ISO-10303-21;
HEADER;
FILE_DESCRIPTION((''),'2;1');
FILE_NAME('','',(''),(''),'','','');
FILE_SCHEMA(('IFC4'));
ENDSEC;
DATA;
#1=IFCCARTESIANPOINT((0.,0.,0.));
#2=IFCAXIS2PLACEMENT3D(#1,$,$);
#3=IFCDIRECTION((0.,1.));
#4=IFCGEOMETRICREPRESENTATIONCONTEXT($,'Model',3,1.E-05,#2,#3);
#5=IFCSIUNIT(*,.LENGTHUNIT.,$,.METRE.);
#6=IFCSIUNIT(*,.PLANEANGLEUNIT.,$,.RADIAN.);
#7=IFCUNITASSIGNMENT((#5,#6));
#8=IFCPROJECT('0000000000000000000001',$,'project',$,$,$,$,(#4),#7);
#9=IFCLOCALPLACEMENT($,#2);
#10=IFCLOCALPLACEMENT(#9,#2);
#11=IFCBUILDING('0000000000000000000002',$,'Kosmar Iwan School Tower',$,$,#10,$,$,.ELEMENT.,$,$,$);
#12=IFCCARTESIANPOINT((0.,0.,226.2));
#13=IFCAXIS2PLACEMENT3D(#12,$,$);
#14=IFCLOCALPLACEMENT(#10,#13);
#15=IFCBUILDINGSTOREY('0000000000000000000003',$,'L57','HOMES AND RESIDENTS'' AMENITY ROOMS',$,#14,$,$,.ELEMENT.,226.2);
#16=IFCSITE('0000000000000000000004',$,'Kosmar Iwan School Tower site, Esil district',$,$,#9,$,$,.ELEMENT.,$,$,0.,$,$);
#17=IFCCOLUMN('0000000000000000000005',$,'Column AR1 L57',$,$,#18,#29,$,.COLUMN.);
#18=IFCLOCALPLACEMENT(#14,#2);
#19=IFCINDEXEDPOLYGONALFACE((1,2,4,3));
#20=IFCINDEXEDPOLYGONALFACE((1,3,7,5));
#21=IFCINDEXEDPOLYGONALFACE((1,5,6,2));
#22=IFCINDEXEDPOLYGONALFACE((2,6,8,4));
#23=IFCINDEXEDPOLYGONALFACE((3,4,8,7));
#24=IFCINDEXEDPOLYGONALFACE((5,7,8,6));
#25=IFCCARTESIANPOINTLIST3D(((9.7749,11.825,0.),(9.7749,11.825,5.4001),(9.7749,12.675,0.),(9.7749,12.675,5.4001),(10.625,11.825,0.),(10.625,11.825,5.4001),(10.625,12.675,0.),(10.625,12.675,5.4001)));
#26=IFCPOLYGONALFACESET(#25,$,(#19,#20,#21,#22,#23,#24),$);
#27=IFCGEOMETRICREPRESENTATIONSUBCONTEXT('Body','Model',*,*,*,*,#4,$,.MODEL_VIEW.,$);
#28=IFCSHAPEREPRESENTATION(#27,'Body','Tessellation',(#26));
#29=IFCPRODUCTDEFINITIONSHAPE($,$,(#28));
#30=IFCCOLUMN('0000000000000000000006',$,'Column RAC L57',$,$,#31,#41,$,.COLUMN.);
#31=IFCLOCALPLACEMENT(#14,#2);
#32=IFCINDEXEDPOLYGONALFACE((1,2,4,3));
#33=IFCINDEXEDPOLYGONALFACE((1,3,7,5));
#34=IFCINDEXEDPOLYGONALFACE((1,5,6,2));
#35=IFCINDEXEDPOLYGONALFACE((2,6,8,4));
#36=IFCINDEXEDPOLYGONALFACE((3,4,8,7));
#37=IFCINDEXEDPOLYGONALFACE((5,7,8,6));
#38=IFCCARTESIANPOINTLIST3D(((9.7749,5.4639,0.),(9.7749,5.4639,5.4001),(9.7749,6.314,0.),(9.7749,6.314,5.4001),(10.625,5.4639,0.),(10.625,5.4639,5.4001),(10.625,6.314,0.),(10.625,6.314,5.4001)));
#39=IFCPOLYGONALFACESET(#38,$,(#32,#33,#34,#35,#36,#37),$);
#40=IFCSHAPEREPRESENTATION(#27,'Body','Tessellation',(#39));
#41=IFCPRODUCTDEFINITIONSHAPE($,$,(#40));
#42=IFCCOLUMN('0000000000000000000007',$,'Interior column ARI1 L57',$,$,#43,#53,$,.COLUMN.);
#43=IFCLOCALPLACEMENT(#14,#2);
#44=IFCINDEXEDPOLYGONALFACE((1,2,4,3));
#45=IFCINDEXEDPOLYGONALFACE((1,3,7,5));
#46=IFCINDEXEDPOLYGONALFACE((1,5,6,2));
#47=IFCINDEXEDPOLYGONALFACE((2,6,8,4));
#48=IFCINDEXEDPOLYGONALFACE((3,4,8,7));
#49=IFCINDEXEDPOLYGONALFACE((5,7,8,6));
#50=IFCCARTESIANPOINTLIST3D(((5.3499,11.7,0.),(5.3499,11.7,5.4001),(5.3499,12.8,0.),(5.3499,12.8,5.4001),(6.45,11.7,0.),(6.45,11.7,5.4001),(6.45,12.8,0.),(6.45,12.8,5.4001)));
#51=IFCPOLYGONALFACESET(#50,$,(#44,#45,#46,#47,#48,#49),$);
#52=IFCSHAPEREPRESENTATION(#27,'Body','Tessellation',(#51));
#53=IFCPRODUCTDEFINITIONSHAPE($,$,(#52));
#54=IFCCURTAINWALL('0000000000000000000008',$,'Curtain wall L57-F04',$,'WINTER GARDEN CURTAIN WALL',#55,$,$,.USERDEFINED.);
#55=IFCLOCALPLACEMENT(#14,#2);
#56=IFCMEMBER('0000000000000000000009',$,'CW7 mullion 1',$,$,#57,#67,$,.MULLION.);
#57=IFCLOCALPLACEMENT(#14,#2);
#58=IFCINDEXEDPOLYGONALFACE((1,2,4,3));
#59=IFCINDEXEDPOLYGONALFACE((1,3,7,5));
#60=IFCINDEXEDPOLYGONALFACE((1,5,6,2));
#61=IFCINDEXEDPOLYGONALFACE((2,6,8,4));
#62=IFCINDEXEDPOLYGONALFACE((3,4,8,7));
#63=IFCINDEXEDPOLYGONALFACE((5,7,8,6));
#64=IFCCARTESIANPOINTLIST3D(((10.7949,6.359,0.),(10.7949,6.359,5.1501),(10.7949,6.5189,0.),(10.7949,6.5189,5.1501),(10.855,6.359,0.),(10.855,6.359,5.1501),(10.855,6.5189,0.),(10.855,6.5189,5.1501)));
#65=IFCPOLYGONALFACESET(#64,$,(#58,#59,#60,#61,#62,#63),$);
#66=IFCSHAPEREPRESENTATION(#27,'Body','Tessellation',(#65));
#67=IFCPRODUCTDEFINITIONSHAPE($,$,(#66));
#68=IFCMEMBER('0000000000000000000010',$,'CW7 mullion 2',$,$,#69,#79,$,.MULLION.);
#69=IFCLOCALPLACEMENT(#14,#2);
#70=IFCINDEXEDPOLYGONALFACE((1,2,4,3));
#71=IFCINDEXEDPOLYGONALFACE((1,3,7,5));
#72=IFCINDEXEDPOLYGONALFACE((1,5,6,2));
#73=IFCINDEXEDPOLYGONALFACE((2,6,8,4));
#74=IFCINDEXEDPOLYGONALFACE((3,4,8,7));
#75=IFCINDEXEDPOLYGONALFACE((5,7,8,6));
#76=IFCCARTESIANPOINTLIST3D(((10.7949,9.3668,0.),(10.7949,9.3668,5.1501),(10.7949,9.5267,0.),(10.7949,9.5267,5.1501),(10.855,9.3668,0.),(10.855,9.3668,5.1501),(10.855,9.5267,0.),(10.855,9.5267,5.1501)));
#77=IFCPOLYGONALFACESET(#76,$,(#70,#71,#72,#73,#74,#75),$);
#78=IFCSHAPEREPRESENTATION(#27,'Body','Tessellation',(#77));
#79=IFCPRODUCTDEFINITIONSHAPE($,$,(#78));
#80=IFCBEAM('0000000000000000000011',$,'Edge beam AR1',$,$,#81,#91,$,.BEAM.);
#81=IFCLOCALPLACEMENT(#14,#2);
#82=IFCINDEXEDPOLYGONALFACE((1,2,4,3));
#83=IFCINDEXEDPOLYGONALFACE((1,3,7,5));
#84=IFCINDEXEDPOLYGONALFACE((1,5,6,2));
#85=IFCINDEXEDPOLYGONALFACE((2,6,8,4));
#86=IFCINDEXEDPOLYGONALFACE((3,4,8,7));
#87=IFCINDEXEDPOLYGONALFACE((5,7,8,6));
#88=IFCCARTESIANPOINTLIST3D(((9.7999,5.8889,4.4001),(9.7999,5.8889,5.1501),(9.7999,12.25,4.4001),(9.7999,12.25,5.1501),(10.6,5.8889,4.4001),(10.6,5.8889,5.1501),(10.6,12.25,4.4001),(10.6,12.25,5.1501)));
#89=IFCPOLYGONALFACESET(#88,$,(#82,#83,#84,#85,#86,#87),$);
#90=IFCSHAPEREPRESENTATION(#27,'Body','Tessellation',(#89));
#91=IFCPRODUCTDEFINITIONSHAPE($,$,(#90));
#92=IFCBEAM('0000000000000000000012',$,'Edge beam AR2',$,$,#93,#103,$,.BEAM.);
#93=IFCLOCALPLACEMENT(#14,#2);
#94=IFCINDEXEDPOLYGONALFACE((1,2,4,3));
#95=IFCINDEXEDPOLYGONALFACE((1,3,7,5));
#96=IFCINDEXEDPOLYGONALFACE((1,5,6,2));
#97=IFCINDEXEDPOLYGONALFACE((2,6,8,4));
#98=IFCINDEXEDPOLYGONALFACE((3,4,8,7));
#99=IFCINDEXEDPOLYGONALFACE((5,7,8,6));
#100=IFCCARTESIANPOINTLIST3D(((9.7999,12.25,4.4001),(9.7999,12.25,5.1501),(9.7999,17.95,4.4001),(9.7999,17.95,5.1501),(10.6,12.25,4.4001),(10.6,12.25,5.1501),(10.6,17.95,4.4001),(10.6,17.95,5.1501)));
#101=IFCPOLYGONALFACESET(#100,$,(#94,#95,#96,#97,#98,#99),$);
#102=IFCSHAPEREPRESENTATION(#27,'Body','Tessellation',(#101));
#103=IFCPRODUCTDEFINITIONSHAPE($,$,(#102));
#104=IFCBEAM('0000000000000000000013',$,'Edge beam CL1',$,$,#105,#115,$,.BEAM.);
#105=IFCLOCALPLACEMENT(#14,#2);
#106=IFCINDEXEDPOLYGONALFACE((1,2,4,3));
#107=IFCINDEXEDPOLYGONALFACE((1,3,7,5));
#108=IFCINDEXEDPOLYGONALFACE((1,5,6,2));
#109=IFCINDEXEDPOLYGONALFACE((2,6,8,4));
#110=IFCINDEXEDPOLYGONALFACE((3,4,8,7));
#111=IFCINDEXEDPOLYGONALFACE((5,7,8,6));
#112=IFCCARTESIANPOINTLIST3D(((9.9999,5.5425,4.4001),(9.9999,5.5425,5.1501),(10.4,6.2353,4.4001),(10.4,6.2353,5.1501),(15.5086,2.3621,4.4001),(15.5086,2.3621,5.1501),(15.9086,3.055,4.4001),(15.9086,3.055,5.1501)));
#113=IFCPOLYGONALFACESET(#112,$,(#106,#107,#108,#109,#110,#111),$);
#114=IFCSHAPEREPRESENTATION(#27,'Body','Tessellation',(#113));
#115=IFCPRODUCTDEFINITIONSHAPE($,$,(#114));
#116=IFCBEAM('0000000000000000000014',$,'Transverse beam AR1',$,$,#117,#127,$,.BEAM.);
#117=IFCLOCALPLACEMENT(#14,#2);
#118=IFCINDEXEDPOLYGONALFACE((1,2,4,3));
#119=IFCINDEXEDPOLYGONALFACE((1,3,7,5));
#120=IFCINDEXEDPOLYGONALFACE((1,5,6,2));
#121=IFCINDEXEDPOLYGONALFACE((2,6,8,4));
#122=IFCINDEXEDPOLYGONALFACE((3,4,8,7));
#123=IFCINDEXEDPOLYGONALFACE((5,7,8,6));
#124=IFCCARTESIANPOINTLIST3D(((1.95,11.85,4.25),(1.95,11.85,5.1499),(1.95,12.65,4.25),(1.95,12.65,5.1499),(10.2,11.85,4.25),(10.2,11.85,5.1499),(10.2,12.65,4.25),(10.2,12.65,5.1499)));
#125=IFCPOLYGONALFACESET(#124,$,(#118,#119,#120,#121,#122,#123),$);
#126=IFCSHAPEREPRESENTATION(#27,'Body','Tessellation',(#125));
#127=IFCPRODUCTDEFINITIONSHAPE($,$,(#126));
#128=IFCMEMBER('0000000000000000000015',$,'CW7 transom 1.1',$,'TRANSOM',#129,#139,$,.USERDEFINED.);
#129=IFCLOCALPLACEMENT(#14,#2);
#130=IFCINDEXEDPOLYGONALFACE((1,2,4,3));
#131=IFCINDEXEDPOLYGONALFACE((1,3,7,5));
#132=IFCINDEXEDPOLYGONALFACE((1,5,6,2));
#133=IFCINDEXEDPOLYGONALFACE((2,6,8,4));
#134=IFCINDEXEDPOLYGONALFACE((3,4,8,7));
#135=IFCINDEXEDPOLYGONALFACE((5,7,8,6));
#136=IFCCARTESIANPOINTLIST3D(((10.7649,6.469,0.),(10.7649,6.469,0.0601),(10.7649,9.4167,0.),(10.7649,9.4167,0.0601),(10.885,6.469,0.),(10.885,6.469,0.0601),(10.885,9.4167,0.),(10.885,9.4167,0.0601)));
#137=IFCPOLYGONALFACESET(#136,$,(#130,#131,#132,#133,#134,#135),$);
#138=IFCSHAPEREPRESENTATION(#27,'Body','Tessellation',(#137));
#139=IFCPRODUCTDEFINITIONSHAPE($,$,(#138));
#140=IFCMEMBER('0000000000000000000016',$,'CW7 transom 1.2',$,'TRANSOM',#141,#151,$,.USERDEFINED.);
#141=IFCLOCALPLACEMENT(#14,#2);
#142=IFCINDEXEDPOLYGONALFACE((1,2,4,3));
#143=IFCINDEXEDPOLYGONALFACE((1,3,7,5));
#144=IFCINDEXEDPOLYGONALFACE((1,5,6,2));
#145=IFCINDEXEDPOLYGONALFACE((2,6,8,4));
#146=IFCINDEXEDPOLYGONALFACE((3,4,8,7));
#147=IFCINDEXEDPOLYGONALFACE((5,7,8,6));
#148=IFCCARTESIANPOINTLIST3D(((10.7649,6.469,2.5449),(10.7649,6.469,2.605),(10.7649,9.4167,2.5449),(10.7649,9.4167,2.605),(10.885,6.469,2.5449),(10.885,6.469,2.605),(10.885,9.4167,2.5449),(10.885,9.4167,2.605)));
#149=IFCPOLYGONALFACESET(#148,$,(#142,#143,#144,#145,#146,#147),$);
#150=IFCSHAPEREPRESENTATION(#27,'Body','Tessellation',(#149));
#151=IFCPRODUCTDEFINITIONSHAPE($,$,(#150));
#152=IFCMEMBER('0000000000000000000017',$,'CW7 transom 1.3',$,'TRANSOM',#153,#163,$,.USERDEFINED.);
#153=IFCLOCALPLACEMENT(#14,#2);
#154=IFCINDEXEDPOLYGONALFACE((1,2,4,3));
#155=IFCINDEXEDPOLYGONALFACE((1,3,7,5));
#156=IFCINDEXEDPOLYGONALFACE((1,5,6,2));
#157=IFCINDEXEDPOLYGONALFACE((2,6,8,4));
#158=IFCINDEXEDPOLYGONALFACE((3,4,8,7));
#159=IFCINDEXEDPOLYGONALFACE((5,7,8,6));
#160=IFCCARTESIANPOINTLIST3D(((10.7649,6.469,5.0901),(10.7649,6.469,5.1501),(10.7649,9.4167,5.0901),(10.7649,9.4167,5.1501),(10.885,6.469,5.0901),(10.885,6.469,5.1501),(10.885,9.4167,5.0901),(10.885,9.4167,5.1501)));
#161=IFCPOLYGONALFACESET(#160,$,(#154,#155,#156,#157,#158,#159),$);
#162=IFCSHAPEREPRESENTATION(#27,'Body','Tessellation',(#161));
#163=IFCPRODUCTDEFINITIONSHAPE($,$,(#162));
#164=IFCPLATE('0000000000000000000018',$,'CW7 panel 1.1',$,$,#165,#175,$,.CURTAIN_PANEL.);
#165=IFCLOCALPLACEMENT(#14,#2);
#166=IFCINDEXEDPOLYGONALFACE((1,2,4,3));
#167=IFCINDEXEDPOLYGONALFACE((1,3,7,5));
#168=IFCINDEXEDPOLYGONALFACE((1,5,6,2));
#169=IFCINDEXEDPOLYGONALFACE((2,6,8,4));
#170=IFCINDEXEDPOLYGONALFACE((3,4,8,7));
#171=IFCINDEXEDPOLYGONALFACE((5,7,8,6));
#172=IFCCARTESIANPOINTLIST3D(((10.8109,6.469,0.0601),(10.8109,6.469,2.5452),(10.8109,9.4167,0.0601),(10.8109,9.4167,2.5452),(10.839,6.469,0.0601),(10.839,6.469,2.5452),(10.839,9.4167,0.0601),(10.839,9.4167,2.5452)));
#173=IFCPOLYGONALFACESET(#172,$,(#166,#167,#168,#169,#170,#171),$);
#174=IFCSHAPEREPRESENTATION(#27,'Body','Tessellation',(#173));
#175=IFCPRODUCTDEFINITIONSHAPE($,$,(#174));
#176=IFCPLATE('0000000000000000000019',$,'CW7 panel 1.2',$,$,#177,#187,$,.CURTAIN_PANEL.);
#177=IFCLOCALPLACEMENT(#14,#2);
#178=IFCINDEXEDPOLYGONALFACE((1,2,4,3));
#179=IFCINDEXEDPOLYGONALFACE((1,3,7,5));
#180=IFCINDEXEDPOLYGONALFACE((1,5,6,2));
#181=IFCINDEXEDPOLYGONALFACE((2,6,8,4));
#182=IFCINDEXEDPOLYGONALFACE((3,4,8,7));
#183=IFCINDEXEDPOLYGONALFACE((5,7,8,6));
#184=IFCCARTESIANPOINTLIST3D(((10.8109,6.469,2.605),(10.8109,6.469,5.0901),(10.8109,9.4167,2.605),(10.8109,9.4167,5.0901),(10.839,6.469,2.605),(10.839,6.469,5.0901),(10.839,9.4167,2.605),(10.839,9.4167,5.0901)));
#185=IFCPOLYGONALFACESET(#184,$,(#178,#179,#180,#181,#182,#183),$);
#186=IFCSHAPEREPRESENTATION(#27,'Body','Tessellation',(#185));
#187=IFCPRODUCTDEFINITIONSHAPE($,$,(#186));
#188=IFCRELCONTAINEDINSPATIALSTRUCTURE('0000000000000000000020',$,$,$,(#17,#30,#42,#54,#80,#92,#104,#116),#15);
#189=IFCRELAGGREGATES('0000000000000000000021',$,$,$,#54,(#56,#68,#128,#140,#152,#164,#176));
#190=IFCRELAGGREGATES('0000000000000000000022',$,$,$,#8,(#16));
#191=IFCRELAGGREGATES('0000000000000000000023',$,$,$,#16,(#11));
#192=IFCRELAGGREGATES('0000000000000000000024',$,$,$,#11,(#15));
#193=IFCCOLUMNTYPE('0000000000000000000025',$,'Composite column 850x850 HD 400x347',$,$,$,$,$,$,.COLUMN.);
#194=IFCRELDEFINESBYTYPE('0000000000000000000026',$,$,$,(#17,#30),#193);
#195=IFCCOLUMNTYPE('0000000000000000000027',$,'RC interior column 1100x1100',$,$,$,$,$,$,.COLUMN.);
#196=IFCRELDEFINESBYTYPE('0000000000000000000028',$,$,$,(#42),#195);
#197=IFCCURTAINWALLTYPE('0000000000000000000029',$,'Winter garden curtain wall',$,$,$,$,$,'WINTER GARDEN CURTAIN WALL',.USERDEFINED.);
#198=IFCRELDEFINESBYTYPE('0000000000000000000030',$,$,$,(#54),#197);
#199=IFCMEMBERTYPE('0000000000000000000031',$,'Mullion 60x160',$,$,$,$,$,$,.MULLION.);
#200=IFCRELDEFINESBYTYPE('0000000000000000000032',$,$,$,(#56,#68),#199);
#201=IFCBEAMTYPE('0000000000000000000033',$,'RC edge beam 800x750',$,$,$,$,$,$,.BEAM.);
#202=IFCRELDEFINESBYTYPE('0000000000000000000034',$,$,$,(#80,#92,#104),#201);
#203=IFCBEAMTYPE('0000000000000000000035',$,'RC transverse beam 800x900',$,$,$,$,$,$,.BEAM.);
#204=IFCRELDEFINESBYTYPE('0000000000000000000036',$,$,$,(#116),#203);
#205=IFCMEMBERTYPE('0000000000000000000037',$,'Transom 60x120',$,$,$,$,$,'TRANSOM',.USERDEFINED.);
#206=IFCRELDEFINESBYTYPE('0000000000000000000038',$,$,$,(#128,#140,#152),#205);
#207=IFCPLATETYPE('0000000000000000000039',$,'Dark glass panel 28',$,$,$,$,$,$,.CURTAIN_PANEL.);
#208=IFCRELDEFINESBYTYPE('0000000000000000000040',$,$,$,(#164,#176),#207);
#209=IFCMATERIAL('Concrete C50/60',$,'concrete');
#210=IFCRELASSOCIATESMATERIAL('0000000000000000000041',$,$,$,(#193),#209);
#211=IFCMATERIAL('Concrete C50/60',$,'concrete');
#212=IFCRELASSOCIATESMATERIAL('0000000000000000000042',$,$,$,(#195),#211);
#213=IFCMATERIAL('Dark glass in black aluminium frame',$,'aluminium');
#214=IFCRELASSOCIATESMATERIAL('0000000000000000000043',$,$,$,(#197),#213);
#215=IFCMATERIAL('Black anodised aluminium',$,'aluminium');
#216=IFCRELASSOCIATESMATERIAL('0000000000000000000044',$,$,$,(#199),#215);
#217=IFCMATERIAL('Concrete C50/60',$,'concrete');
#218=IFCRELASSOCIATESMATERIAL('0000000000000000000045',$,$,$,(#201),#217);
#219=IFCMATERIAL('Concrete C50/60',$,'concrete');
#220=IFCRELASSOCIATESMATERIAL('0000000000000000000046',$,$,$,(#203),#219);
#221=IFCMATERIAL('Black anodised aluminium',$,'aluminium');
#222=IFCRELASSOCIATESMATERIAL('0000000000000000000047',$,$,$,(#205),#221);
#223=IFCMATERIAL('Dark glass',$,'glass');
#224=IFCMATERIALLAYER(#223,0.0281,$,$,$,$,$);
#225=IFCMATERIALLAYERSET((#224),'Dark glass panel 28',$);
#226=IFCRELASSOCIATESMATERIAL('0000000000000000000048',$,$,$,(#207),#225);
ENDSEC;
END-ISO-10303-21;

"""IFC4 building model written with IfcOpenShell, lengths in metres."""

from ifc_helpers import new_model, si_unit, direction, frame, origin, origin_2d, place, context, subcontext, project, spatial, rectangle, extrude, material, layer, layer_set, material_profile, profile_set, type_object, element, aggregate, save


model = new_model("IFC4")

# Units and contexts
model_context = context("Model", 3, precision=1e-05, world=origin(), true_north=direction((0.0, 1.0)))
body_context = subcontext(model_context, "Body", "Model", "MODEL_VIEW")
ifc_project = project(units=[si_unit("LENGTHUNIT", "METRE"), si_unit("PLANEANGLEUNIT", "RADIAN")], contexts=[model_context])

# Site, building, storey
site_placement = place(None, origin())
site = spatial("IfcSite", under=ifc_project, at=site_placement, Name="Kosmar Iwan School Tower site, Esil district", CompositionType="ELEMENT", RefElevation=0.0)
building_placement = place(site_placement, origin())
building = spatial("IfcBuilding", under=site, at=building_placement, Name="Kosmar Iwan School Tower", CompositionType="ELEMENT")
storey_placement = place(building_placement, frame((0.0, 0.0, 226.2)))
storey = spatial("IfcBuildingStorey", under=building, at=storey_placement, Name="L57", Description="HOMES AND RESIDENTS' AMENITY ROOMS", CompositionType="ELEMENT", Elevation=226.2)

# Columns
ifc_material_1 = material(Name="Concrete C50/60", Category="concrete")
ifc_material_profile_1 = material_profile(ifc_material_1, rectangle(XDim=0.8501, YDim=0.8501, at=origin_2d()), Name="RC 850x850 + HD 400x347")
ifc_profile_set_1 = profile_set([ifc_material_profile_1], Name="Concrete C50/60")
column_type_1 = type_object("IfcColumnType", Name="Composite column 850x850 HD 400x347", PredefinedType="COLUMN", material=ifc_profile_set_1)
for number, where, z_axis, x_axis, name in (
    (1, (10.2, 12.25, 0.0), (0.0, 0.0, 1.0), (0.0, 1.0, 0.0), "Column AR1 L57"),
    (2, (10.2, 5.8889, 0.0), (0.0, 0.0, 1.0), (1.0, 0.0, 0.0), "Column RAC L57"),
):
    element("IfcColumn", number, at=place(storey_placement, frame(where, z_axis=z_axis, x_axis=x_axis)), inside=storey, type_object=column_type_1, Name=name, PredefinedType="COLUMN", context=body_context, shape_type="SweptSolid", body=[
        extrude(rectangle(XDim=0.8501, YDim=0.8501, at=origin_2d()), origin(), (0.0, 0.0, 1.0), 5.4001),
    ])
ifc_material_2 = material(Name="Concrete C50/60", Category="concrete")
ifc_material_profile_2 = material_profile(ifc_material_2, rectangle(XDim=1.1001, YDim=1.1001, at=origin_2d()), Name="RC 1100x1100")
ifc_profile_set_2 = profile_set([ifc_material_profile_2], Name="Concrete C50/60")
column_type_2 = type_object("IfcColumnType", Name="RC interior column 1100x1100", PredefinedType="COLUMN", material=ifc_profile_set_2)
column_placement = place(storey_placement, frame((5.8999, 12.25, 0.0), z_axis=(0.0, 0.0, 1.0), x_axis=(0.0, 1.0, 0.0)))
element("IfcColumn", 3, at=column_placement, inside=storey, type_object=column_type_2, Name="Interior column ARI1 L57", PredefinedType="COLUMN", context=body_context, shape_type="SweptSolid", body=[
    extrude(rectangle(XDim=1.1001, YDim=1.1001, at=origin_2d()), origin(), (0.0, 0.0, 1.0), 5.4001),
])

# Curtain wall, members
ifc_material_3 = material(Name="Dark glass in black aluminium frame", Category="aluminium")
curtain_wall_type = type_object("IfcCurtainWallType", Name="Winter garden curtain wall", ElementType="WINTER GARDEN CURTAIN WALL", PredefinedType="USERDEFINED", material=ifc_material_3)
curtain_wall_placement = place(storey_placement, origin())
curtain_wall = element("IfcCurtainWall", 4, at=curtain_wall_placement, inside=storey, type_object=curtain_wall_type, Name="Curtain wall L57-F04", ObjectType="WINTER GARDEN CURTAIN WALL", PredefinedType="USERDEFINED")
ifc_material_4 = material(Name="Black anodised aluminium", Category="aluminium")
ifc_material_profile_3 = material_profile(ifc_material_4, rectangle(XDim=0.0601, YDim=0.1599, at=origin_2d()), Name="MULLION 60x160")
ifc_profile_set_3 = profile_set([ifc_material_profile_3], Name="Black anodised aluminium")
member_type_1 = type_object("IfcMemberType", Name="Mullion 60x160", PredefinedType="MULLION", material=ifc_profile_set_3)
member_1_placement = place(storey_placement, frame((10.825, 6.439, 0.0), z_axis=(0.0, 0.0, 1.0), x_axis=(-1.0, 0.0, 0.0)))
member_1 = element("IfcMember", 5, at=member_1_placement, type_object=member_type_1, Name="CW7 mullion 1", PredefinedType="MULLION", context=body_context, shape_type="SweptSolid", body=[
    extrude(rectangle(XDim=0.0601, YDim=0.1599, at=origin_2d()), origin(), (0.0, 0.0, 1.0), 5.1501),
])
member_2_placement = place(storey_placement, frame((10.825, 9.4468, 0.0), z_axis=(0.0, 0.0, 1.0), x_axis=(-1.0, 0.0, 0.0)))
member_2 = element("IfcMember", 6, at=member_2_placement, type_object=member_type_1, Name="CW7 mullion 2", PredefinedType="MULLION", context=body_context, shape_type="SweptSolid", body=[
    extrude(rectangle(XDim=0.0601, YDim=0.1599, at=origin_2d()), origin(), (0.0, 0.0, 1.0), 5.1501),
])

# Beams
ifc_material_5 = material(Name="Concrete C50/60", Category="concrete")
ifc_material_profile_4 = material_profile(ifc_material_5, rectangle(XDim=0.8, YDim=0.75, at=origin_2d()), Name="RC 800x750")
ifc_profile_set_4 = profile_set([ifc_material_profile_4], Name="Concrete C50/60")
beam_type_1 = type_object("IfcBeamType", Name="RC edge beam 800x750", PredefinedType="BEAM", material=ifc_profile_set_4)
beam_1_placement = place(storey_placement, frame((10.2, 5.8889, 4.7751), z_axis=(0.0, 1.0, 0.0), x_axis=(-1.0, 0.0, 0.0)))
element("IfcBeam", 7, at=beam_1_placement, inside=storey, type_object=beam_type_1, Name="Edge beam AR1", PredefinedType="BEAM", context=body_context, shape_type="SweptSolid", body=[
    extrude(rectangle(XDim=0.8, YDim=0.75, at=origin_2d()), origin(), (0.0, 0.0, 1.0), 6.3611),
])
beam_2_placement = place(storey_placement, frame((10.2, 12.25, 4.7751), z_axis=(0.0, 1.0, 0.0), x_axis=(-1.0, 0.0, 0.0)))
element("IfcBeam", 8, at=beam_2_placement, inside=storey, type_object=beam_type_1, Name="Edge beam AR2", PredefinedType="BEAM", context=body_context, shape_type="SweptSolid", body=[
    extrude(rectangle(XDim=0.8, YDim=0.75, at=origin_2d()), origin(), (0.0, 0.0, 1.0), 5.7),
])
beam_3_placement = place(storey_placement, frame((10.2, 5.8889, 4.7751), z_axis=(0.866031, -0.49999, 0.0), x_axis=(0.49999, 0.866031, 0.0)))
element("IfcBeam", 9, at=beam_3_placement, inside=storey, type_object=beam_type_1, Name="Edge beam CL1", PredefinedType="BEAM", context=body_context, shape_type="SweptSolid", body=[
    extrude(rectangle(XDim=0.8, YDim=0.75, at=origin_2d()), origin(), (0.0, 0.0, 1.0), 6.3608),
])
ifc_material_6 = material(Name="Concrete C50/60", Category="concrete")
ifc_material_profile_5 = material_profile(ifc_material_6, rectangle(XDim=0.8, YDim=0.8999, at=origin_2d()), Name="RC 800x900")
ifc_profile_set_5 = profile_set([ifc_material_profile_5], Name="Concrete C50/60")
beam_type_2 = type_object("IfcBeamType", Name="RC transverse beam 800x900", PredefinedType="BEAM", material=ifc_profile_set_5)
beam_4_placement = place(storey_placement, frame((10.2, 12.25, 4.7), z_axis=(-1.0, 0.0, 0.0), x_axis=(0.0, -1.0, 0.0)))
element("IfcBeam", 10, at=beam_4_placement, inside=storey, type_object=beam_type_2, Name="Transverse beam AR1", PredefinedType="BEAM", context=body_context, shape_type="SweptSolid", body=[
    extrude(rectangle(XDim=0.8, YDim=0.8999, at=origin_2d()), origin(), (0.0, 0.0, 1.0), 8.25),
])

# Members
ifc_material_7 = material(Name="Black anodised aluminium", Category="aluminium")
ifc_material_profile_6 = material_profile(ifc_material_7, rectangle(XDim=0.1201, YDim=0.0601, at=origin_2d()), Name="TRANSOM 60x120")
ifc_profile_set_6 = profile_set([ifc_material_profile_6], Name="Black anodised aluminium")
member_type_2 = type_object("IfcMemberType", Name="Transom 60x120", ElementType="TRANSOM", PredefinedType="USERDEFINED", material=ifc_profile_set_6)
member_3_placement = place(storey_placement, frame((10.825, 6.469, 0.03), z_axis=(0.0, 1.0, 0.0), x_axis=(-1.0, 0.0, 0.0)))
member_3 = element("IfcMember", 11, at=member_3_placement, type_object=member_type_2, Name="CW7 transom 1.1", ObjectType="TRANSOM", PredefinedType="USERDEFINED", context=body_context, shape_type="SweptSolid", body=[
    extrude(rectangle(XDim=0.1201, YDim=0.0601, at=origin_2d()), origin(), (0.0, 0.0, 1.0), 2.9478),
])
member_4_placement = place(storey_placement, frame((10.825, 6.469, 2.575), z_axis=(0.0, 1.0, 0.0), x_axis=(-1.0, 0.0, 0.0)))
member_4 = element("IfcMember", 12, at=member_4_placement, type_object=member_type_2, Name="CW7 transom 1.2", ObjectType="TRANSOM", PredefinedType="USERDEFINED", context=body_context, shape_type="SweptSolid", body=[
    extrude(rectangle(XDim=0.1201, YDim=0.0601, at=origin_2d()), origin(), (0.0, 0.0, 1.0), 2.9478),
])
member_5_placement = place(storey_placement, frame((10.825, 6.469, 5.1201), z_axis=(0.0, 1.0, 0.0), x_axis=(-1.0, 0.0, 0.0)))
member_5 = element("IfcMember", 13, at=member_5_placement, type_object=member_type_2, Name="CW7 transom 1.3", ObjectType="TRANSOM", PredefinedType="USERDEFINED", context=body_context, shape_type="SweptSolid", body=[
    extrude(rectangle(XDim=0.1201, YDim=0.0601, at=origin_2d()), origin(), (0.0, 0.0, 1.0), 2.9478),
])

# Plates
ifc_material_8 = material(Name="Dark glass", Category="glass")
ifc_layer_1 = layer(ifc_material_8, 0.0281)
ifc_layer_set_1 = layer_set([ifc_layer_1], Name="Dark glass panel 28")
plate_type = type_object("IfcPlateType", Name="Dark glass panel 28", PredefinedType="CURTAIN_PANEL", material=ifc_layer_set_1)
plate_1_placement = place(storey_placement, frame((10.825, 7.9429, 0.0601), z_axis=(0.0, 0.0, 1.0), x_axis=(0.0, 1.0, 0.0)))
plate_1 = element("IfcPlate", 14, at=plate_1_placement, type_object=plate_type, Name="CW7 panel 1.1", PredefinedType="CURTAIN_PANEL", context=body_context, shape_type="SweptSolid", body=[
    extrude(rectangle(XDim=2.9478, YDim=0.0281, at=origin_2d()), origin(), (0.0, 0.0, 1.0), 2.4851),
])
plate_2_placement = place(storey_placement, frame((10.825, 7.9429, 2.605), z_axis=(0.0, 0.0, 1.0), x_axis=(0.0, 1.0, 0.0)))
plate_2 = element("IfcPlate", 15, at=plate_2_placement, type_object=plate_type, Name="CW7 panel 1.2", PredefinedType="CURTAIN_PANEL", context=body_context, shape_type="SweptSolid", body=[
    extrude(rectangle(XDim=2.9478, YDim=0.0281, at=origin_2d()), origin(), (0.0, 0.0, 1.0), 2.4851),
])
aggregate(curtain_wall, [member_1, member_2, member_3, member_4, member_5, plate_1, plate_2])

save(model, "model.ifc")
